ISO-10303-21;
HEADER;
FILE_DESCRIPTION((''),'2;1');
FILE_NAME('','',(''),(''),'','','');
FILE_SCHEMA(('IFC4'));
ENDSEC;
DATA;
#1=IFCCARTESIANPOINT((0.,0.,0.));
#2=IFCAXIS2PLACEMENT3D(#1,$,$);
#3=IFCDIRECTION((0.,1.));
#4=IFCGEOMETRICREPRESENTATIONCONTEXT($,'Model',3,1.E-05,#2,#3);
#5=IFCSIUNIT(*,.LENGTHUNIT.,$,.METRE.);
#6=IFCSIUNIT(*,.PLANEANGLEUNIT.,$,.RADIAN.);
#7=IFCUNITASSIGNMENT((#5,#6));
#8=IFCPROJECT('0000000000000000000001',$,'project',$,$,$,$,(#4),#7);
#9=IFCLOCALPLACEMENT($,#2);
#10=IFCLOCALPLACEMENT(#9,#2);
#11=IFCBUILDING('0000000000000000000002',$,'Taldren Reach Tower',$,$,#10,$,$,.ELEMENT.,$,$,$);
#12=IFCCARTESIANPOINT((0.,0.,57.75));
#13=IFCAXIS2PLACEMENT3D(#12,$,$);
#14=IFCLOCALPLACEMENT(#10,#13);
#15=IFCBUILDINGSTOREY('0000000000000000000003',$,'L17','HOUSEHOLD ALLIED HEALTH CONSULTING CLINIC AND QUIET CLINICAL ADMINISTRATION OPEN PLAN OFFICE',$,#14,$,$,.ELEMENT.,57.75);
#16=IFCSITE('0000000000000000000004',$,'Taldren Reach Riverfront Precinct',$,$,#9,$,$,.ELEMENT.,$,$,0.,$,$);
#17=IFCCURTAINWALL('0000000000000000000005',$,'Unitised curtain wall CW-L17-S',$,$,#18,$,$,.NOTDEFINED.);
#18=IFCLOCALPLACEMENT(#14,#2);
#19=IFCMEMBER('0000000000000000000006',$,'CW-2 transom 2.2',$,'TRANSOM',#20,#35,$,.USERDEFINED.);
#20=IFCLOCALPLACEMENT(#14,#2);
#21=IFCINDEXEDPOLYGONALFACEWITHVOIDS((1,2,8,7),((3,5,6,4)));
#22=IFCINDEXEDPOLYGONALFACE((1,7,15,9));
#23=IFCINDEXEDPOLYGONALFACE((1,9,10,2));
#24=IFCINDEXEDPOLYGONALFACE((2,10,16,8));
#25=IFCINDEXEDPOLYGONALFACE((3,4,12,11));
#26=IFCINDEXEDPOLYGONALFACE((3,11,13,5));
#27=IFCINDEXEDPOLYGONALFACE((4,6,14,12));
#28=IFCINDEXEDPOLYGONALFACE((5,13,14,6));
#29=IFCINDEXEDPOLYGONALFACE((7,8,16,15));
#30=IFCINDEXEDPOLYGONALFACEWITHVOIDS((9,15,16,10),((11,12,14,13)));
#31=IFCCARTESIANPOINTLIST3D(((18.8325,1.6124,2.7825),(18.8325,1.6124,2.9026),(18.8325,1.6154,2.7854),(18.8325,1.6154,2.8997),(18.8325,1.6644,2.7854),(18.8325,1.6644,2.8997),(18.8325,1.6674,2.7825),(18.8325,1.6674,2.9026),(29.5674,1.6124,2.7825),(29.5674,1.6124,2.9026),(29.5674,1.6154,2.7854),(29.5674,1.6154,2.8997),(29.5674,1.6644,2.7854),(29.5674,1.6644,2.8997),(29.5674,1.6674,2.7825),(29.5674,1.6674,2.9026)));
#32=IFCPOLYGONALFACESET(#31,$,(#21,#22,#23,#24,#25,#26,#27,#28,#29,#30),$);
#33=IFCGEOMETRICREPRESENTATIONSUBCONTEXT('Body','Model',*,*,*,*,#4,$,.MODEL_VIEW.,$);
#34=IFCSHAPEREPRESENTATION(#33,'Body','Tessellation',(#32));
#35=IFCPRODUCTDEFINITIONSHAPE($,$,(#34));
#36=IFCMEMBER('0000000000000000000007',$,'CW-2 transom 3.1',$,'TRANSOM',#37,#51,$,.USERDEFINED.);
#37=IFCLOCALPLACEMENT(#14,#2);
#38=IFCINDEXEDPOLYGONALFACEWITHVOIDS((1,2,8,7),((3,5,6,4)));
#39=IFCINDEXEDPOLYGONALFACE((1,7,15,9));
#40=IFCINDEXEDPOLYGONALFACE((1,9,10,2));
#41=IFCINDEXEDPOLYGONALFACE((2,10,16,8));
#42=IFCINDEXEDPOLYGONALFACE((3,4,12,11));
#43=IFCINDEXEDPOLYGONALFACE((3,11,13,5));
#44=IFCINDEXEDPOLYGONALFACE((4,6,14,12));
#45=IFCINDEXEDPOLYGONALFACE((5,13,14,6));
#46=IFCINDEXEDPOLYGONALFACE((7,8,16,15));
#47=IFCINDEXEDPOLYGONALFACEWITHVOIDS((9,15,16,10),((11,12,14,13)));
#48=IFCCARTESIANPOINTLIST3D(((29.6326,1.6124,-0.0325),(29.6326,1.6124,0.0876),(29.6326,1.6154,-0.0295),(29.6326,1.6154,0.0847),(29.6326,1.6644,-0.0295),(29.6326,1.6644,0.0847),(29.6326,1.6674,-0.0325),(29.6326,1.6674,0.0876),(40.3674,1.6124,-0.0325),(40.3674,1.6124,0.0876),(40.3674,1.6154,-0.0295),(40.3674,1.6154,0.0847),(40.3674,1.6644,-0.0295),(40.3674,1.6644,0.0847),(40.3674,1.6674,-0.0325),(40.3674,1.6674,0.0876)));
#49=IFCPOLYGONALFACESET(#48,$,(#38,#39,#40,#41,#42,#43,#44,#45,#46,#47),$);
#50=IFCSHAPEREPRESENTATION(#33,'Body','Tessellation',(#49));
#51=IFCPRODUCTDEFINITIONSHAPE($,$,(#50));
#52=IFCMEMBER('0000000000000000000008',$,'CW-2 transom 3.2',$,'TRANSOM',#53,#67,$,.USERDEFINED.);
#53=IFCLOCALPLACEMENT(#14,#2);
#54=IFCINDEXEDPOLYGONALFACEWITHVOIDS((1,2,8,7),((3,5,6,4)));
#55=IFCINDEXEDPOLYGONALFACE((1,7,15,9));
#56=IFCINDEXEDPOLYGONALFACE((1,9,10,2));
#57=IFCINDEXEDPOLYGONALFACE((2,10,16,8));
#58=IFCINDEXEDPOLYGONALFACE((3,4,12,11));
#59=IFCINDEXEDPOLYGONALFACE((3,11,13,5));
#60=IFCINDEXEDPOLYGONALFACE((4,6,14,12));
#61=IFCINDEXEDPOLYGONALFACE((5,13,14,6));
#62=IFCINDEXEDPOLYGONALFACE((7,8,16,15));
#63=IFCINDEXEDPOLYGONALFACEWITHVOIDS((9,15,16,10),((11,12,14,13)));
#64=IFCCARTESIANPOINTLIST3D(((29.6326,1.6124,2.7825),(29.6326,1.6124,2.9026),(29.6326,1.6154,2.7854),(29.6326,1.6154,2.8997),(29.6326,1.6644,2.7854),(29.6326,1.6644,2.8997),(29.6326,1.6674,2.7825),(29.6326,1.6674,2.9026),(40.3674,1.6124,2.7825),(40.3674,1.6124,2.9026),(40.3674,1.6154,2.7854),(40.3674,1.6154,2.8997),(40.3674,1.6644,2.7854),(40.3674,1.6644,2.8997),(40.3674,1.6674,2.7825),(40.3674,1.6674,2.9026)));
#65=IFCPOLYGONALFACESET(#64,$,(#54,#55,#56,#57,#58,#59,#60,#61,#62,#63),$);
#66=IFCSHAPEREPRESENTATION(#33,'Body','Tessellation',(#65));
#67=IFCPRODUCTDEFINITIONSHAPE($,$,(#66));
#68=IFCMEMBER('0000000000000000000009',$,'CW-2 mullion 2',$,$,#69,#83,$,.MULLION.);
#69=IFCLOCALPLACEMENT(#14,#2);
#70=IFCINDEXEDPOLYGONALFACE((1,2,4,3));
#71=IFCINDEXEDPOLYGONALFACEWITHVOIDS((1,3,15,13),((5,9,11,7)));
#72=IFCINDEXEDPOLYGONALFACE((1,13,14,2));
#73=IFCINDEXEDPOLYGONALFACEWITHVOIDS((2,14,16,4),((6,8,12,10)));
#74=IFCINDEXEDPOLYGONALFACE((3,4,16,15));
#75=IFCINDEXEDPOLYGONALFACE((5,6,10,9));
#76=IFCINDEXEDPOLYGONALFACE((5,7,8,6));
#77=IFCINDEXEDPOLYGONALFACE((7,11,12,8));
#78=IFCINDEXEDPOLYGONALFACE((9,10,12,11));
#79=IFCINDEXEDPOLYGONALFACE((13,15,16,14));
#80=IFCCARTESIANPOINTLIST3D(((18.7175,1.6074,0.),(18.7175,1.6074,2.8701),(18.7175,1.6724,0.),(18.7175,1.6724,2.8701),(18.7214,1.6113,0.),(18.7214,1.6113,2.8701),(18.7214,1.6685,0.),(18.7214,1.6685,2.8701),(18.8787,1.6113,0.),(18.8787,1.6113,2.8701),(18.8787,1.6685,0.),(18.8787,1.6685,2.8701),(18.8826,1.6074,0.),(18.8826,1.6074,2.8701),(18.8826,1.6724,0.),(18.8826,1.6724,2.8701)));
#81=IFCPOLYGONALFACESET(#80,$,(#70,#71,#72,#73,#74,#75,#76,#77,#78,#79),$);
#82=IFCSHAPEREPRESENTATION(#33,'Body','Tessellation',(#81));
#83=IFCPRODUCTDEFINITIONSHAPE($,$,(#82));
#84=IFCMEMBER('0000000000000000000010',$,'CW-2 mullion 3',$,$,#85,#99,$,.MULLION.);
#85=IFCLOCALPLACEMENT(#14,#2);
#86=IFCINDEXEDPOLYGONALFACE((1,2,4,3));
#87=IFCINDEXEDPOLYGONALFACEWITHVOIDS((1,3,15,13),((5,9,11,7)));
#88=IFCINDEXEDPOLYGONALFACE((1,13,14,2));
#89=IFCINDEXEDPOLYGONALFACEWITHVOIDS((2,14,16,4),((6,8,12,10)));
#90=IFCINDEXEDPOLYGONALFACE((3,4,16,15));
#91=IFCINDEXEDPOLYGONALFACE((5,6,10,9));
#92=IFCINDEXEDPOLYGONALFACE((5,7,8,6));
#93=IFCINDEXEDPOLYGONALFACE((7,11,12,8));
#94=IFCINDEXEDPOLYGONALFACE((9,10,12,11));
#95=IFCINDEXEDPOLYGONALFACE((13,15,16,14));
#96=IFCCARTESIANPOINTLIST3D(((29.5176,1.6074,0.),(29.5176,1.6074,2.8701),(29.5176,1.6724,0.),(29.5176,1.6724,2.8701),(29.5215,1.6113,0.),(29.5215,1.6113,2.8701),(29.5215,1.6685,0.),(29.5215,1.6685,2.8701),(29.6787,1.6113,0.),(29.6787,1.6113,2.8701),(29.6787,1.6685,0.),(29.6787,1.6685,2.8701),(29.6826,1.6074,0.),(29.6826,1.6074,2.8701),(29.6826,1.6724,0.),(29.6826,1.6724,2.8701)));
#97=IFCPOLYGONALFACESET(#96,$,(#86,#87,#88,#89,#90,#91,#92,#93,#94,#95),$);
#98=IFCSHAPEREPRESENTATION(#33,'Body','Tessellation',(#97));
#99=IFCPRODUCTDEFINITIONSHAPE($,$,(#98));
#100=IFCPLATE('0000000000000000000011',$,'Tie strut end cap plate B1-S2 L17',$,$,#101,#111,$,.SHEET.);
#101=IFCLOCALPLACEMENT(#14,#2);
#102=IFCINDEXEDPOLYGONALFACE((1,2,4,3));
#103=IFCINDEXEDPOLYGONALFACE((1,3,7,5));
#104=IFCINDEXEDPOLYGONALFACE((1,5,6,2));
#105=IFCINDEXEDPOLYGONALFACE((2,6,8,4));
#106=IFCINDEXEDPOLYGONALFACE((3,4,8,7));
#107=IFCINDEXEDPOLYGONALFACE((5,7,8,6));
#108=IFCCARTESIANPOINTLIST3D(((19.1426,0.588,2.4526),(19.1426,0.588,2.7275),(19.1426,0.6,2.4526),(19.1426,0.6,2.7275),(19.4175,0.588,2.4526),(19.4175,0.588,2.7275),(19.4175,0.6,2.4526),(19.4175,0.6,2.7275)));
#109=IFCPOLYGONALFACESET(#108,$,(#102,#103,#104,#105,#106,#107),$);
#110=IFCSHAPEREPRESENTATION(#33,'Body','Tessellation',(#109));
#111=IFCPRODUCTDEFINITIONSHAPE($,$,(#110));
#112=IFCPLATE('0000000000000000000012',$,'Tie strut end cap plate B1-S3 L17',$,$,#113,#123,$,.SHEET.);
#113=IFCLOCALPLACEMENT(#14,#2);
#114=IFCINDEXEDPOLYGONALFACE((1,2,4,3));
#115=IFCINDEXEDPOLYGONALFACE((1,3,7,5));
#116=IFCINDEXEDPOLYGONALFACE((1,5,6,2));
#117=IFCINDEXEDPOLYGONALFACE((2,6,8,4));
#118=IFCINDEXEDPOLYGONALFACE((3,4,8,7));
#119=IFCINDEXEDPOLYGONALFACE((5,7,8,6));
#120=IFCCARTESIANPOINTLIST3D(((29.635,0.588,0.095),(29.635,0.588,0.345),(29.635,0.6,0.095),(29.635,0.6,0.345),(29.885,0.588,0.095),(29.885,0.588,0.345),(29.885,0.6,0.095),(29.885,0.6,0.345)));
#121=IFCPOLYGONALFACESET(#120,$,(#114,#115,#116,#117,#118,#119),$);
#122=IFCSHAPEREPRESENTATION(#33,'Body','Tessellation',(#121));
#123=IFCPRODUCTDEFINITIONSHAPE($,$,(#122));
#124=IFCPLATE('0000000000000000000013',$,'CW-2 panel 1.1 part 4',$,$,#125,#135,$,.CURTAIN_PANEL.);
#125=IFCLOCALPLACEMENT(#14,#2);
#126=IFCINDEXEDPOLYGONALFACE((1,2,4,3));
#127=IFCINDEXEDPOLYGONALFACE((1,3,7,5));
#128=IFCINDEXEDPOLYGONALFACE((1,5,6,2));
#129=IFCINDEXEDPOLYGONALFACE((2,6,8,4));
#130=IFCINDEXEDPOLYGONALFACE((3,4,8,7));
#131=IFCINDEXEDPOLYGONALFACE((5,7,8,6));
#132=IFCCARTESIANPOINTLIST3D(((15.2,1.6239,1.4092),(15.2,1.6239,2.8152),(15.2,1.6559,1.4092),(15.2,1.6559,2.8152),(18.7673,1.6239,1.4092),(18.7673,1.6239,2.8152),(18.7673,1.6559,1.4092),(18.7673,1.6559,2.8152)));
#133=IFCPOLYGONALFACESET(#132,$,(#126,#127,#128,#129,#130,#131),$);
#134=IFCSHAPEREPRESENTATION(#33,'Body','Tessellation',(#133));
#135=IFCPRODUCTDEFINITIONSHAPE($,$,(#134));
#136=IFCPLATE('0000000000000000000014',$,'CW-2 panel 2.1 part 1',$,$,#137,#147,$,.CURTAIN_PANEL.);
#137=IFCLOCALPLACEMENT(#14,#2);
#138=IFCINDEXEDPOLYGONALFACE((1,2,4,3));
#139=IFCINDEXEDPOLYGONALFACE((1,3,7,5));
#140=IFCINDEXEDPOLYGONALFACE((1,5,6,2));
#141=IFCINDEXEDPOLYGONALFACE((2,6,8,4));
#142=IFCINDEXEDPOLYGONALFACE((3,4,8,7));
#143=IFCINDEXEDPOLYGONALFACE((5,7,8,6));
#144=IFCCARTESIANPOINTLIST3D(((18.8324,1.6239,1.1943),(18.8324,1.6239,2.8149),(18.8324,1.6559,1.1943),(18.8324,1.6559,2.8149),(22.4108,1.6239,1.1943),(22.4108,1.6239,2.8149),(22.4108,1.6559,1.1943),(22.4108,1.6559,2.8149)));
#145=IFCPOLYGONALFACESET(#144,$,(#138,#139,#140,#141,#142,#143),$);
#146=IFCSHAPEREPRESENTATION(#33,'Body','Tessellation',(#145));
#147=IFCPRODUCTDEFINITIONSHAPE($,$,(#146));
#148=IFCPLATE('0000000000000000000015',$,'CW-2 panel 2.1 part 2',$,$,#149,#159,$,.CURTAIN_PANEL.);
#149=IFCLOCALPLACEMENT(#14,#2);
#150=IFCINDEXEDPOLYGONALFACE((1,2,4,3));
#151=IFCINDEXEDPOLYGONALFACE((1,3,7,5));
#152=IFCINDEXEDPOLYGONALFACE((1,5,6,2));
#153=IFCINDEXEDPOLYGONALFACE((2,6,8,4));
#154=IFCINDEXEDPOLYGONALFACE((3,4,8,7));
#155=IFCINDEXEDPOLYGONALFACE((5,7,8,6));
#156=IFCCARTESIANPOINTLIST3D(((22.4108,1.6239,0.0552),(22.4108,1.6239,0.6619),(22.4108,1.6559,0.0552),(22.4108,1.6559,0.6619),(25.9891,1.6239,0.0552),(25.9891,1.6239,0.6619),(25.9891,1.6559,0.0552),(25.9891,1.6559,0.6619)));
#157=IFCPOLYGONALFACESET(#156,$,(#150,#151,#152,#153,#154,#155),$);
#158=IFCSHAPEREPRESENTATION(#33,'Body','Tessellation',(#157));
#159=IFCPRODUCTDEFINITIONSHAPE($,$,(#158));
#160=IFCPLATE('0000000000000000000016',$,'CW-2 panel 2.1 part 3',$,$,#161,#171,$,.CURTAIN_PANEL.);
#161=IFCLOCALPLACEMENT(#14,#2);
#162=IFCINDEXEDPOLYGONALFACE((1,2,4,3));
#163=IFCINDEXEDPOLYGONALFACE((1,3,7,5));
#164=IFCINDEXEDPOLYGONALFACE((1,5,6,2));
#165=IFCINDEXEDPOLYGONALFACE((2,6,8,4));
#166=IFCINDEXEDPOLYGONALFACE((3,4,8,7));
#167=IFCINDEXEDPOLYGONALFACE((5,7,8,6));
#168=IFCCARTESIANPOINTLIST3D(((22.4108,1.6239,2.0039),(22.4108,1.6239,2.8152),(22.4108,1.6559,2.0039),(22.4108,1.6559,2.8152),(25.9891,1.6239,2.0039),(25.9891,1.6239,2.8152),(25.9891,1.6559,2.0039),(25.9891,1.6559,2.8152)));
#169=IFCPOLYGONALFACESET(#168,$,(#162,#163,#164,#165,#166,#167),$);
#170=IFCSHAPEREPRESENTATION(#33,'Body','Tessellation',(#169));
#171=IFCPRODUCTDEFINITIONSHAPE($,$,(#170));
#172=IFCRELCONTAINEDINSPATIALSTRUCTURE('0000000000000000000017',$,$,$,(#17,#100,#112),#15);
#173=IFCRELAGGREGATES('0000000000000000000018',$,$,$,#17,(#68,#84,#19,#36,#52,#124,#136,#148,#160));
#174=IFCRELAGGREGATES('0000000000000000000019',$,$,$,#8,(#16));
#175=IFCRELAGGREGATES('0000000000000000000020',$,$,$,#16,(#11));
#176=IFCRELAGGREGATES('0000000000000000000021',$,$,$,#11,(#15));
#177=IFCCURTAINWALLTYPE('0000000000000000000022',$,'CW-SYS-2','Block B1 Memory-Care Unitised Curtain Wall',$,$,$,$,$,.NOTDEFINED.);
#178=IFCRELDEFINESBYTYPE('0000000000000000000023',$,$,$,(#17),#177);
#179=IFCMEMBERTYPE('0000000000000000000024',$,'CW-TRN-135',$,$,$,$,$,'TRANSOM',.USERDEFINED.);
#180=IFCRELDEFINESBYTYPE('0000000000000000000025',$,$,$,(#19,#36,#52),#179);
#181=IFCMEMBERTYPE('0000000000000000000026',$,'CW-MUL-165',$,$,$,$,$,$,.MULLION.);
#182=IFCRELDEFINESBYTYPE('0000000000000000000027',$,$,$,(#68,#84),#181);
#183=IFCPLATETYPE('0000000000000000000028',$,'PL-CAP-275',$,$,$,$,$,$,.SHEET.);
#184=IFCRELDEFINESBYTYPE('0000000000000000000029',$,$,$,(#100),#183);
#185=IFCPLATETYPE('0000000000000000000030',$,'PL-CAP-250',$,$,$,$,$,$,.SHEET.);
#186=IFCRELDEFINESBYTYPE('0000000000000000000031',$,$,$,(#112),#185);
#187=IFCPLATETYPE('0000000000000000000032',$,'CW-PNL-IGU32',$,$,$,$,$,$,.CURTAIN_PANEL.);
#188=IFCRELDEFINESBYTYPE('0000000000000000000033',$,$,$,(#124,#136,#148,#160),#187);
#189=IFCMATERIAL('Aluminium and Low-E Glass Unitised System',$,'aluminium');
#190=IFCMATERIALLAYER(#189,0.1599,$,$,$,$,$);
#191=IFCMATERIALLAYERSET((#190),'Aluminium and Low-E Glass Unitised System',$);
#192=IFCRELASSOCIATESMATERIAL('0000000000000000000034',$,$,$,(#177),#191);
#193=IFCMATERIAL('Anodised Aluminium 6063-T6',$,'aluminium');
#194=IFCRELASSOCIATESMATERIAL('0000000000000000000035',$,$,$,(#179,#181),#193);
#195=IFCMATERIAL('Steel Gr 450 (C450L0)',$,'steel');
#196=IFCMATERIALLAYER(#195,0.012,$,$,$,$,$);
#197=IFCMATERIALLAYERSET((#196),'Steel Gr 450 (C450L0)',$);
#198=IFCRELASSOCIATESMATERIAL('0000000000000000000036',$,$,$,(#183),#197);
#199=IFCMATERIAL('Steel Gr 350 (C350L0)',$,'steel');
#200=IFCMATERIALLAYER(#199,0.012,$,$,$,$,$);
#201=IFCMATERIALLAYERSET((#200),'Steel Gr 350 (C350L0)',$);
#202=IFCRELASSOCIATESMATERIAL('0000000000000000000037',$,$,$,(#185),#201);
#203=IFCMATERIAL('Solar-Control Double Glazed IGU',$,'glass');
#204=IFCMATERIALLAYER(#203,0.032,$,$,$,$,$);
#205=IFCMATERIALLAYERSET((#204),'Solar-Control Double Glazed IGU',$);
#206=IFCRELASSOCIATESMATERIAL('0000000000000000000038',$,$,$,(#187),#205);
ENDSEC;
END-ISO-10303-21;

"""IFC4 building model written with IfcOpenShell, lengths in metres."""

from ifc_helpers import new_model, si_unit, direction, frame, origin, origin_2d, place, context, subcontext, project, spatial, rectangle, hollow_rectangle, extrude, source, transform, mapped, material, layer, layer_set, material_profile, profile_set, type_object, element, aggregate, save


model = new_model("IFC4")

# Units and contexts
model_context = context("Model", 3, precision=1e-05, world=origin(), true_north=direction((0.0, 1.0)))
body_context = subcontext(model_context, "Body", "Model", "MODEL_VIEW")
ifc_project = project(units=[si_unit("LENGTHUNIT", "METRE"), si_unit("PLANEANGLEUNIT", "RADIAN")], contexts=[model_context])

# Site, building, storey
site_placement = place(None, origin())
site = spatial("IfcSite", under=ifc_project, at=site_placement, Name="Taldren Reach Riverfront Precinct", CompositionType="ELEMENT", RefElevation=0.0)
building_placement = place(site_placement, origin())
building = spatial("IfcBuilding", under=site, at=building_placement, Name="Taldren Reach Tower", CompositionType="ELEMENT")
storey_placement = place(building_placement, frame((0.0, 0.0, 57.75)))
storey = spatial("IfcBuildingStorey", under=building, at=storey_placement, Name="L17", Description="HOUSEHOLD ALLIED HEALTH CONSULTING CLINIC AND QUIET CLINICAL ADMINISTRATION OPEN PLAN OFFICE", CompositionType="ELEMENT", Elevation=57.75)

# Shared definitions
ifc_material_1 = material(Name="Steel Gr 450 (C450L0)", Category="steel")
ifc_material_2 = material(Name="Steel Gr 350 (C350L0)", Category="steel")

# Curtain wall, members
ifc_material_3 = material(Name="Aluminium and Low-E Glass Unitised System", Category="aluminium")
ifc_layer_1 = layer(ifc_material_3, 0.1599)
ifc_layer_set_1 = layer_set([ifc_layer_1], Name="Aluminium and Low-E Glass Unitised System")
curtain_wall_type = type_object("IfcCurtainWallType", Name="CW-SYS-2", Description="Block B1 Memory-Care Unitised Curtain Wall", PredefinedType="NOTDEFINED", material=ifc_layer_set_1)
curtain_wall_placement = place(storey_placement, origin())
curtain_wall = element("IfcCurtainWall", 1, at=curtain_wall_placement, inside=storey, type_object=curtain_wall_type, Name="Unitised curtain wall CW-L17-S", PredefinedType="NOTDEFINED")
ifc_material_4 = material(Name="Anodised Aluminium 6063-T6", Category="aluminium")
ifc_material_profile_1 = material_profile(ifc_material_4, hollow_rectangle(XDim=0.0549, YDim=0.1201, WallThickness=0.0029, at=origin_2d()), Name="ALU-120x55x3RHS")
ifc_profile_set_1 = profile_set([ifc_material_profile_1], Name="Anodised Aluminium 6063-T6")
member_type_1 = type_object("IfcMemberType", Name="CW-TRN-135", ElementType="TRANSOM", PredefinedType="USERDEFINED", material=ifc_profile_set_1)
shared_shape_1 = source(origin(), body_context, "Body", "SweptSolid", [
    extrude(hollow_rectangle(XDim=0.0549, YDim=0.1201, WallThickness=0.0029, at=origin_2d()), origin(), (0.0, 0.0, 1.0), 10.7349),
])
member_1_placement = place(storey_placement, frame((18.8325, 1.6399, 2.8425), z_axis=(1.0, 0.0, 0.0), x_axis=(0.0, 1.0, 0.0)))
member_1 = element("IfcMember", 2, at=member_1_placement, type_object=member_type_1, Name="CW-2 transom 2.2", ObjectType="TRANSOM", PredefinedType="USERDEFINED", context=body_context, shape_type="MappedRepresentation", body=[
    mapped(shared_shape_1, transform((0.0, 0.0, 0.0), scale=1.0)),
])
member_2_placement = place(storey_placement, frame((29.6326, 1.6399, 0.0276), z_axis=(1.0, 0.0, 0.0), x_axis=(0.0, 1.0, 0.0)))
member_2 = element("IfcMember", 3, at=member_2_placement, type_object=member_type_1, Name="CW-2 transom 3.1", ObjectType="TRANSOM", PredefinedType="USERDEFINED", context=body_context, shape_type="MappedRepresentation", body=[
    mapped(shared_shape_1, transform((0.0, 0.0, 0.0), scale=1.0)),
])
member_3_placement = place(storey_placement, frame((29.6326, 1.6399, 2.8425), z_axis=(1.0, 0.0, 0.0), x_axis=(0.0, 1.0, 0.0)))
member_3 = element("IfcMember", 4, at=member_3_placement, type_object=member_type_1, Name="CW-2 transom 3.2", ObjectType="TRANSOM", PredefinedType="USERDEFINED", context=body_context, shape_type="MappedRepresentation", body=[
    mapped(shared_shape_1, transform((0.0, 0.0, 0.0), scale=1.0)),
])
ifc_material_profile_2 = material_profile(ifc_material_4, hollow_rectangle(XDim=0.0649, YDim=0.165, WallThickness=0.0039, at=origin_2d()), Name="ALU-165x65x4RHS")
ifc_profile_set_2 = profile_set([ifc_material_profile_2], Name="Anodised Aluminium 6063-T6")
member_type_2 = type_object("IfcMemberType", Name="CW-MUL-165", PredefinedType="MULLION", material=ifc_profile_set_2)
shared_shape_2 = source(origin(), body_context, "Body", "SweptSolid", [
    extrude(hollow_rectangle(XDim=0.0649, YDim=0.165, WallThickness=0.0039, at=origin_2d()), origin(), (0.0, 0.0, 1.0), 2.8701),
])
member_4_placement = place(storey_placement, frame((18.8, 1.6399, 0.0), z_axis=(0.0, 0.0, 1.0), x_axis=(0.0, 1.0, 0.0)))
member_4 = element("IfcMember", 5, at=member_4_placement, type_object=member_type_2, Name="CW-2 mullion 2", PredefinedType="MULLION", context=body_context, shape_type="MappedRepresentation", body=[
    mapped(shared_shape_2, transform((0.0, 0.0, 0.0), scale=1.0)),
])
member_5_placement = place(storey_placement, frame((29.6001, 1.6399, 0.0), z_axis=(0.0, 0.0, 1.0), x_axis=(0.0, 1.0, 0.0)))
member_5 = element("IfcMember", 6, at=member_5_placement, type_object=member_type_2, Name="CW-2 mullion 3", PredefinedType="MULLION", context=body_context, shape_type="MappedRepresentation", body=[
    mapped(shared_shape_2, transform((0.0, 0.0, 0.0), scale=1.0)),
])

# Plates
ifc_layer_2 = layer(ifc_material_1, 0.012)
ifc_layer_set_2 = layer_set([ifc_layer_2], Name="Steel Gr 450 (C450L0)")
plate_type_1 = type_object("IfcPlateType", Name="PL-CAP-275", PredefinedType="SHEET", material=ifc_layer_set_2)
shared_shape_3 = source(origin(), body_context, "Body", "SweptSolid", [
    extrude(rectangle(XDim=0.2749, YDim=0.012, at=origin_2d()), origin(), (0.0, 0.0, 1.0), 0.2749),
])
plate_1_placement = place(storey_placement, frame((19.28, 0.594, 2.4526), z_axis=(0.0, 0.0, 1.0), x_axis=(1.0, 0.0, 0.0)))
element("IfcPlate", 7, at=plate_1_placement, inside=storey, type_object=plate_type_1, Name="Tie strut end cap plate B1-S2 L17", PredefinedType="SHEET", context=body_context, shape_type="MappedRepresentation", body=[
    mapped(shared_shape_3, transform((0.0, 0.0, 0.0), scale=1.0)),
])
ifc_layer_3 = layer(ifc_material_2, 0.012)
ifc_layer_set_3 = layer_set([ifc_layer_3], Name="Steel Gr 350 (C350L0)")
plate_type_2 = type_object("IfcPlateType", Name="PL-CAP-250", PredefinedType="SHEET", material=ifc_layer_set_3)
shared_shape_4 = source(origin(), body_context, "Body", "SweptSolid", [
    extrude(rectangle(XDim=0.25, YDim=0.012, at=origin_2d()), origin(), (0.0, 0.0, 1.0), 0.25),
])
plate_2_placement = place(storey_placement, frame((29.76, 0.594, 0.095), z_axis=(0.0, 0.0, 1.0), x_axis=(1.0, 0.0, 0.0)))
element("IfcPlate", 8, at=plate_2_placement, inside=storey, type_object=plate_type_2, Name="Tie strut end cap plate B1-S3 L17", PredefinedType="SHEET", context=body_context, shape_type="MappedRepresentation", body=[
    mapped(shared_shape_4, transform((0.0, 0.0, 0.0), scale=1.0)),
])

# Plates
ifc_material_5 = material(Name="Solar-Control Double Glazed IGU", Category="glass")
ifc_layer_4 = layer(ifc_material_5, 0.032)
ifc_layer_set_4 = layer_set([ifc_layer_4], Name="Solar-Control Double Glazed IGU")
plate_type_3 = type_object("IfcPlateType", Name="CW-PNL-IGU32", PredefinedType="CURTAIN_PANEL", material=ifc_layer_set_4)
shared_shape_5 = source(origin(), body_context, "Body", "SweptSolid", [
    extrude(rectangle(XDim=3.5674, YDim=0.032, at=origin_2d()), origin(), (0.0, 0.0, 1.0), 1.406),
])
plate_3_placement = place(storey_placement, frame((16.9836, 1.6399, 1.4092), z_axis=(0.0, 0.0, 1.0), x_axis=(1.0, 0.0, 0.0)))
plate_3 = element("IfcPlate", 9, at=plate_3_placement, type_object=plate_type_3, Name="CW-2 panel 1.1 part 4", PredefinedType="CURTAIN_PANEL", context=body_context, shape_type="MappedRepresentation", body=[
    mapped(shared_shape_5, transform((0.0, 0.0, 0.0), scale=1.0)),
])
shared_shape_6 = source(origin(), body_context, "Body", "SweptSolid", [
    extrude(rectangle(XDim=3.5784, YDim=0.032, at=origin_2d()), origin(), (0.0, 0.0, 1.0), 1.6206),
])
plate_4_placement = place(storey_placement, frame((20.6216, 1.6399, 1.1943), z_axis=(0.0, 0.0, 1.0), x_axis=(1.0, 0.0, 0.0)))
plate_4 = element("IfcPlate", 10, at=plate_4_placement, type_object=plate_type_3, Name="CW-2 panel 2.1 part 1", PredefinedType="CURTAIN_PANEL", context=body_context, shape_type="MappedRepresentation", body=[
    mapped(shared_shape_6, transform((0.0, 0.0, 0.0), scale=1.0)),
])
shared_shape_7 = source(origin(), body_context, "Body", "SweptSolid", [
    extrude(rectangle(XDim=3.5784, YDim=0.032, at=origin_2d()), origin(), (0.0, 0.0, 1.0), 0.6067),
])
plate_5_placement = place(storey_placement, frame((24.2, 1.6399, 0.0552), z_axis=(0.0, 0.0, 1.0), x_axis=(1.0, 0.0, 0.0)))
plate_5 = element("IfcPlate", 11, at=plate_5_placement, type_object=plate_type_3, Name="CW-2 panel 2.1 part 2", PredefinedType="CURTAIN_PANEL", context=body_context, shape_type="MappedRepresentation", body=[
    mapped(shared_shape_7, transform((0.0, 0.0, 0.0), scale=1.0)),
])
shared_shape_8 = source(origin(), body_context, "Body", "SweptSolid", [
    extrude(rectangle(XDim=3.5784, YDim=0.032, at=origin_2d()), origin(), (0.0, 0.0, 1.0), 0.8113),
])
plate_6_placement = place(storey_placement, frame((24.2, 1.6399, 2.0039), z_axis=(0.0, 0.0, 1.0), x_axis=(1.0, 0.0, 0.0)))
plate_6 = element("IfcPlate", 12, at=plate_6_placement, type_object=plate_type_3, Name="CW-2 panel 2.1 part 3", PredefinedType="CURTAIN_PANEL", context=body_context, shape_type="MappedRepresentation", body=[
    mapped(shared_shape_8, transform((0.0, 0.0, 0.0), scale=1.0)),
])
aggregate(curtain_wall, [member_4, member_5, member_1, member_2, member_3, plate_3, plate_4, plate_5, plate_6])

save(model, "model.ifc")
